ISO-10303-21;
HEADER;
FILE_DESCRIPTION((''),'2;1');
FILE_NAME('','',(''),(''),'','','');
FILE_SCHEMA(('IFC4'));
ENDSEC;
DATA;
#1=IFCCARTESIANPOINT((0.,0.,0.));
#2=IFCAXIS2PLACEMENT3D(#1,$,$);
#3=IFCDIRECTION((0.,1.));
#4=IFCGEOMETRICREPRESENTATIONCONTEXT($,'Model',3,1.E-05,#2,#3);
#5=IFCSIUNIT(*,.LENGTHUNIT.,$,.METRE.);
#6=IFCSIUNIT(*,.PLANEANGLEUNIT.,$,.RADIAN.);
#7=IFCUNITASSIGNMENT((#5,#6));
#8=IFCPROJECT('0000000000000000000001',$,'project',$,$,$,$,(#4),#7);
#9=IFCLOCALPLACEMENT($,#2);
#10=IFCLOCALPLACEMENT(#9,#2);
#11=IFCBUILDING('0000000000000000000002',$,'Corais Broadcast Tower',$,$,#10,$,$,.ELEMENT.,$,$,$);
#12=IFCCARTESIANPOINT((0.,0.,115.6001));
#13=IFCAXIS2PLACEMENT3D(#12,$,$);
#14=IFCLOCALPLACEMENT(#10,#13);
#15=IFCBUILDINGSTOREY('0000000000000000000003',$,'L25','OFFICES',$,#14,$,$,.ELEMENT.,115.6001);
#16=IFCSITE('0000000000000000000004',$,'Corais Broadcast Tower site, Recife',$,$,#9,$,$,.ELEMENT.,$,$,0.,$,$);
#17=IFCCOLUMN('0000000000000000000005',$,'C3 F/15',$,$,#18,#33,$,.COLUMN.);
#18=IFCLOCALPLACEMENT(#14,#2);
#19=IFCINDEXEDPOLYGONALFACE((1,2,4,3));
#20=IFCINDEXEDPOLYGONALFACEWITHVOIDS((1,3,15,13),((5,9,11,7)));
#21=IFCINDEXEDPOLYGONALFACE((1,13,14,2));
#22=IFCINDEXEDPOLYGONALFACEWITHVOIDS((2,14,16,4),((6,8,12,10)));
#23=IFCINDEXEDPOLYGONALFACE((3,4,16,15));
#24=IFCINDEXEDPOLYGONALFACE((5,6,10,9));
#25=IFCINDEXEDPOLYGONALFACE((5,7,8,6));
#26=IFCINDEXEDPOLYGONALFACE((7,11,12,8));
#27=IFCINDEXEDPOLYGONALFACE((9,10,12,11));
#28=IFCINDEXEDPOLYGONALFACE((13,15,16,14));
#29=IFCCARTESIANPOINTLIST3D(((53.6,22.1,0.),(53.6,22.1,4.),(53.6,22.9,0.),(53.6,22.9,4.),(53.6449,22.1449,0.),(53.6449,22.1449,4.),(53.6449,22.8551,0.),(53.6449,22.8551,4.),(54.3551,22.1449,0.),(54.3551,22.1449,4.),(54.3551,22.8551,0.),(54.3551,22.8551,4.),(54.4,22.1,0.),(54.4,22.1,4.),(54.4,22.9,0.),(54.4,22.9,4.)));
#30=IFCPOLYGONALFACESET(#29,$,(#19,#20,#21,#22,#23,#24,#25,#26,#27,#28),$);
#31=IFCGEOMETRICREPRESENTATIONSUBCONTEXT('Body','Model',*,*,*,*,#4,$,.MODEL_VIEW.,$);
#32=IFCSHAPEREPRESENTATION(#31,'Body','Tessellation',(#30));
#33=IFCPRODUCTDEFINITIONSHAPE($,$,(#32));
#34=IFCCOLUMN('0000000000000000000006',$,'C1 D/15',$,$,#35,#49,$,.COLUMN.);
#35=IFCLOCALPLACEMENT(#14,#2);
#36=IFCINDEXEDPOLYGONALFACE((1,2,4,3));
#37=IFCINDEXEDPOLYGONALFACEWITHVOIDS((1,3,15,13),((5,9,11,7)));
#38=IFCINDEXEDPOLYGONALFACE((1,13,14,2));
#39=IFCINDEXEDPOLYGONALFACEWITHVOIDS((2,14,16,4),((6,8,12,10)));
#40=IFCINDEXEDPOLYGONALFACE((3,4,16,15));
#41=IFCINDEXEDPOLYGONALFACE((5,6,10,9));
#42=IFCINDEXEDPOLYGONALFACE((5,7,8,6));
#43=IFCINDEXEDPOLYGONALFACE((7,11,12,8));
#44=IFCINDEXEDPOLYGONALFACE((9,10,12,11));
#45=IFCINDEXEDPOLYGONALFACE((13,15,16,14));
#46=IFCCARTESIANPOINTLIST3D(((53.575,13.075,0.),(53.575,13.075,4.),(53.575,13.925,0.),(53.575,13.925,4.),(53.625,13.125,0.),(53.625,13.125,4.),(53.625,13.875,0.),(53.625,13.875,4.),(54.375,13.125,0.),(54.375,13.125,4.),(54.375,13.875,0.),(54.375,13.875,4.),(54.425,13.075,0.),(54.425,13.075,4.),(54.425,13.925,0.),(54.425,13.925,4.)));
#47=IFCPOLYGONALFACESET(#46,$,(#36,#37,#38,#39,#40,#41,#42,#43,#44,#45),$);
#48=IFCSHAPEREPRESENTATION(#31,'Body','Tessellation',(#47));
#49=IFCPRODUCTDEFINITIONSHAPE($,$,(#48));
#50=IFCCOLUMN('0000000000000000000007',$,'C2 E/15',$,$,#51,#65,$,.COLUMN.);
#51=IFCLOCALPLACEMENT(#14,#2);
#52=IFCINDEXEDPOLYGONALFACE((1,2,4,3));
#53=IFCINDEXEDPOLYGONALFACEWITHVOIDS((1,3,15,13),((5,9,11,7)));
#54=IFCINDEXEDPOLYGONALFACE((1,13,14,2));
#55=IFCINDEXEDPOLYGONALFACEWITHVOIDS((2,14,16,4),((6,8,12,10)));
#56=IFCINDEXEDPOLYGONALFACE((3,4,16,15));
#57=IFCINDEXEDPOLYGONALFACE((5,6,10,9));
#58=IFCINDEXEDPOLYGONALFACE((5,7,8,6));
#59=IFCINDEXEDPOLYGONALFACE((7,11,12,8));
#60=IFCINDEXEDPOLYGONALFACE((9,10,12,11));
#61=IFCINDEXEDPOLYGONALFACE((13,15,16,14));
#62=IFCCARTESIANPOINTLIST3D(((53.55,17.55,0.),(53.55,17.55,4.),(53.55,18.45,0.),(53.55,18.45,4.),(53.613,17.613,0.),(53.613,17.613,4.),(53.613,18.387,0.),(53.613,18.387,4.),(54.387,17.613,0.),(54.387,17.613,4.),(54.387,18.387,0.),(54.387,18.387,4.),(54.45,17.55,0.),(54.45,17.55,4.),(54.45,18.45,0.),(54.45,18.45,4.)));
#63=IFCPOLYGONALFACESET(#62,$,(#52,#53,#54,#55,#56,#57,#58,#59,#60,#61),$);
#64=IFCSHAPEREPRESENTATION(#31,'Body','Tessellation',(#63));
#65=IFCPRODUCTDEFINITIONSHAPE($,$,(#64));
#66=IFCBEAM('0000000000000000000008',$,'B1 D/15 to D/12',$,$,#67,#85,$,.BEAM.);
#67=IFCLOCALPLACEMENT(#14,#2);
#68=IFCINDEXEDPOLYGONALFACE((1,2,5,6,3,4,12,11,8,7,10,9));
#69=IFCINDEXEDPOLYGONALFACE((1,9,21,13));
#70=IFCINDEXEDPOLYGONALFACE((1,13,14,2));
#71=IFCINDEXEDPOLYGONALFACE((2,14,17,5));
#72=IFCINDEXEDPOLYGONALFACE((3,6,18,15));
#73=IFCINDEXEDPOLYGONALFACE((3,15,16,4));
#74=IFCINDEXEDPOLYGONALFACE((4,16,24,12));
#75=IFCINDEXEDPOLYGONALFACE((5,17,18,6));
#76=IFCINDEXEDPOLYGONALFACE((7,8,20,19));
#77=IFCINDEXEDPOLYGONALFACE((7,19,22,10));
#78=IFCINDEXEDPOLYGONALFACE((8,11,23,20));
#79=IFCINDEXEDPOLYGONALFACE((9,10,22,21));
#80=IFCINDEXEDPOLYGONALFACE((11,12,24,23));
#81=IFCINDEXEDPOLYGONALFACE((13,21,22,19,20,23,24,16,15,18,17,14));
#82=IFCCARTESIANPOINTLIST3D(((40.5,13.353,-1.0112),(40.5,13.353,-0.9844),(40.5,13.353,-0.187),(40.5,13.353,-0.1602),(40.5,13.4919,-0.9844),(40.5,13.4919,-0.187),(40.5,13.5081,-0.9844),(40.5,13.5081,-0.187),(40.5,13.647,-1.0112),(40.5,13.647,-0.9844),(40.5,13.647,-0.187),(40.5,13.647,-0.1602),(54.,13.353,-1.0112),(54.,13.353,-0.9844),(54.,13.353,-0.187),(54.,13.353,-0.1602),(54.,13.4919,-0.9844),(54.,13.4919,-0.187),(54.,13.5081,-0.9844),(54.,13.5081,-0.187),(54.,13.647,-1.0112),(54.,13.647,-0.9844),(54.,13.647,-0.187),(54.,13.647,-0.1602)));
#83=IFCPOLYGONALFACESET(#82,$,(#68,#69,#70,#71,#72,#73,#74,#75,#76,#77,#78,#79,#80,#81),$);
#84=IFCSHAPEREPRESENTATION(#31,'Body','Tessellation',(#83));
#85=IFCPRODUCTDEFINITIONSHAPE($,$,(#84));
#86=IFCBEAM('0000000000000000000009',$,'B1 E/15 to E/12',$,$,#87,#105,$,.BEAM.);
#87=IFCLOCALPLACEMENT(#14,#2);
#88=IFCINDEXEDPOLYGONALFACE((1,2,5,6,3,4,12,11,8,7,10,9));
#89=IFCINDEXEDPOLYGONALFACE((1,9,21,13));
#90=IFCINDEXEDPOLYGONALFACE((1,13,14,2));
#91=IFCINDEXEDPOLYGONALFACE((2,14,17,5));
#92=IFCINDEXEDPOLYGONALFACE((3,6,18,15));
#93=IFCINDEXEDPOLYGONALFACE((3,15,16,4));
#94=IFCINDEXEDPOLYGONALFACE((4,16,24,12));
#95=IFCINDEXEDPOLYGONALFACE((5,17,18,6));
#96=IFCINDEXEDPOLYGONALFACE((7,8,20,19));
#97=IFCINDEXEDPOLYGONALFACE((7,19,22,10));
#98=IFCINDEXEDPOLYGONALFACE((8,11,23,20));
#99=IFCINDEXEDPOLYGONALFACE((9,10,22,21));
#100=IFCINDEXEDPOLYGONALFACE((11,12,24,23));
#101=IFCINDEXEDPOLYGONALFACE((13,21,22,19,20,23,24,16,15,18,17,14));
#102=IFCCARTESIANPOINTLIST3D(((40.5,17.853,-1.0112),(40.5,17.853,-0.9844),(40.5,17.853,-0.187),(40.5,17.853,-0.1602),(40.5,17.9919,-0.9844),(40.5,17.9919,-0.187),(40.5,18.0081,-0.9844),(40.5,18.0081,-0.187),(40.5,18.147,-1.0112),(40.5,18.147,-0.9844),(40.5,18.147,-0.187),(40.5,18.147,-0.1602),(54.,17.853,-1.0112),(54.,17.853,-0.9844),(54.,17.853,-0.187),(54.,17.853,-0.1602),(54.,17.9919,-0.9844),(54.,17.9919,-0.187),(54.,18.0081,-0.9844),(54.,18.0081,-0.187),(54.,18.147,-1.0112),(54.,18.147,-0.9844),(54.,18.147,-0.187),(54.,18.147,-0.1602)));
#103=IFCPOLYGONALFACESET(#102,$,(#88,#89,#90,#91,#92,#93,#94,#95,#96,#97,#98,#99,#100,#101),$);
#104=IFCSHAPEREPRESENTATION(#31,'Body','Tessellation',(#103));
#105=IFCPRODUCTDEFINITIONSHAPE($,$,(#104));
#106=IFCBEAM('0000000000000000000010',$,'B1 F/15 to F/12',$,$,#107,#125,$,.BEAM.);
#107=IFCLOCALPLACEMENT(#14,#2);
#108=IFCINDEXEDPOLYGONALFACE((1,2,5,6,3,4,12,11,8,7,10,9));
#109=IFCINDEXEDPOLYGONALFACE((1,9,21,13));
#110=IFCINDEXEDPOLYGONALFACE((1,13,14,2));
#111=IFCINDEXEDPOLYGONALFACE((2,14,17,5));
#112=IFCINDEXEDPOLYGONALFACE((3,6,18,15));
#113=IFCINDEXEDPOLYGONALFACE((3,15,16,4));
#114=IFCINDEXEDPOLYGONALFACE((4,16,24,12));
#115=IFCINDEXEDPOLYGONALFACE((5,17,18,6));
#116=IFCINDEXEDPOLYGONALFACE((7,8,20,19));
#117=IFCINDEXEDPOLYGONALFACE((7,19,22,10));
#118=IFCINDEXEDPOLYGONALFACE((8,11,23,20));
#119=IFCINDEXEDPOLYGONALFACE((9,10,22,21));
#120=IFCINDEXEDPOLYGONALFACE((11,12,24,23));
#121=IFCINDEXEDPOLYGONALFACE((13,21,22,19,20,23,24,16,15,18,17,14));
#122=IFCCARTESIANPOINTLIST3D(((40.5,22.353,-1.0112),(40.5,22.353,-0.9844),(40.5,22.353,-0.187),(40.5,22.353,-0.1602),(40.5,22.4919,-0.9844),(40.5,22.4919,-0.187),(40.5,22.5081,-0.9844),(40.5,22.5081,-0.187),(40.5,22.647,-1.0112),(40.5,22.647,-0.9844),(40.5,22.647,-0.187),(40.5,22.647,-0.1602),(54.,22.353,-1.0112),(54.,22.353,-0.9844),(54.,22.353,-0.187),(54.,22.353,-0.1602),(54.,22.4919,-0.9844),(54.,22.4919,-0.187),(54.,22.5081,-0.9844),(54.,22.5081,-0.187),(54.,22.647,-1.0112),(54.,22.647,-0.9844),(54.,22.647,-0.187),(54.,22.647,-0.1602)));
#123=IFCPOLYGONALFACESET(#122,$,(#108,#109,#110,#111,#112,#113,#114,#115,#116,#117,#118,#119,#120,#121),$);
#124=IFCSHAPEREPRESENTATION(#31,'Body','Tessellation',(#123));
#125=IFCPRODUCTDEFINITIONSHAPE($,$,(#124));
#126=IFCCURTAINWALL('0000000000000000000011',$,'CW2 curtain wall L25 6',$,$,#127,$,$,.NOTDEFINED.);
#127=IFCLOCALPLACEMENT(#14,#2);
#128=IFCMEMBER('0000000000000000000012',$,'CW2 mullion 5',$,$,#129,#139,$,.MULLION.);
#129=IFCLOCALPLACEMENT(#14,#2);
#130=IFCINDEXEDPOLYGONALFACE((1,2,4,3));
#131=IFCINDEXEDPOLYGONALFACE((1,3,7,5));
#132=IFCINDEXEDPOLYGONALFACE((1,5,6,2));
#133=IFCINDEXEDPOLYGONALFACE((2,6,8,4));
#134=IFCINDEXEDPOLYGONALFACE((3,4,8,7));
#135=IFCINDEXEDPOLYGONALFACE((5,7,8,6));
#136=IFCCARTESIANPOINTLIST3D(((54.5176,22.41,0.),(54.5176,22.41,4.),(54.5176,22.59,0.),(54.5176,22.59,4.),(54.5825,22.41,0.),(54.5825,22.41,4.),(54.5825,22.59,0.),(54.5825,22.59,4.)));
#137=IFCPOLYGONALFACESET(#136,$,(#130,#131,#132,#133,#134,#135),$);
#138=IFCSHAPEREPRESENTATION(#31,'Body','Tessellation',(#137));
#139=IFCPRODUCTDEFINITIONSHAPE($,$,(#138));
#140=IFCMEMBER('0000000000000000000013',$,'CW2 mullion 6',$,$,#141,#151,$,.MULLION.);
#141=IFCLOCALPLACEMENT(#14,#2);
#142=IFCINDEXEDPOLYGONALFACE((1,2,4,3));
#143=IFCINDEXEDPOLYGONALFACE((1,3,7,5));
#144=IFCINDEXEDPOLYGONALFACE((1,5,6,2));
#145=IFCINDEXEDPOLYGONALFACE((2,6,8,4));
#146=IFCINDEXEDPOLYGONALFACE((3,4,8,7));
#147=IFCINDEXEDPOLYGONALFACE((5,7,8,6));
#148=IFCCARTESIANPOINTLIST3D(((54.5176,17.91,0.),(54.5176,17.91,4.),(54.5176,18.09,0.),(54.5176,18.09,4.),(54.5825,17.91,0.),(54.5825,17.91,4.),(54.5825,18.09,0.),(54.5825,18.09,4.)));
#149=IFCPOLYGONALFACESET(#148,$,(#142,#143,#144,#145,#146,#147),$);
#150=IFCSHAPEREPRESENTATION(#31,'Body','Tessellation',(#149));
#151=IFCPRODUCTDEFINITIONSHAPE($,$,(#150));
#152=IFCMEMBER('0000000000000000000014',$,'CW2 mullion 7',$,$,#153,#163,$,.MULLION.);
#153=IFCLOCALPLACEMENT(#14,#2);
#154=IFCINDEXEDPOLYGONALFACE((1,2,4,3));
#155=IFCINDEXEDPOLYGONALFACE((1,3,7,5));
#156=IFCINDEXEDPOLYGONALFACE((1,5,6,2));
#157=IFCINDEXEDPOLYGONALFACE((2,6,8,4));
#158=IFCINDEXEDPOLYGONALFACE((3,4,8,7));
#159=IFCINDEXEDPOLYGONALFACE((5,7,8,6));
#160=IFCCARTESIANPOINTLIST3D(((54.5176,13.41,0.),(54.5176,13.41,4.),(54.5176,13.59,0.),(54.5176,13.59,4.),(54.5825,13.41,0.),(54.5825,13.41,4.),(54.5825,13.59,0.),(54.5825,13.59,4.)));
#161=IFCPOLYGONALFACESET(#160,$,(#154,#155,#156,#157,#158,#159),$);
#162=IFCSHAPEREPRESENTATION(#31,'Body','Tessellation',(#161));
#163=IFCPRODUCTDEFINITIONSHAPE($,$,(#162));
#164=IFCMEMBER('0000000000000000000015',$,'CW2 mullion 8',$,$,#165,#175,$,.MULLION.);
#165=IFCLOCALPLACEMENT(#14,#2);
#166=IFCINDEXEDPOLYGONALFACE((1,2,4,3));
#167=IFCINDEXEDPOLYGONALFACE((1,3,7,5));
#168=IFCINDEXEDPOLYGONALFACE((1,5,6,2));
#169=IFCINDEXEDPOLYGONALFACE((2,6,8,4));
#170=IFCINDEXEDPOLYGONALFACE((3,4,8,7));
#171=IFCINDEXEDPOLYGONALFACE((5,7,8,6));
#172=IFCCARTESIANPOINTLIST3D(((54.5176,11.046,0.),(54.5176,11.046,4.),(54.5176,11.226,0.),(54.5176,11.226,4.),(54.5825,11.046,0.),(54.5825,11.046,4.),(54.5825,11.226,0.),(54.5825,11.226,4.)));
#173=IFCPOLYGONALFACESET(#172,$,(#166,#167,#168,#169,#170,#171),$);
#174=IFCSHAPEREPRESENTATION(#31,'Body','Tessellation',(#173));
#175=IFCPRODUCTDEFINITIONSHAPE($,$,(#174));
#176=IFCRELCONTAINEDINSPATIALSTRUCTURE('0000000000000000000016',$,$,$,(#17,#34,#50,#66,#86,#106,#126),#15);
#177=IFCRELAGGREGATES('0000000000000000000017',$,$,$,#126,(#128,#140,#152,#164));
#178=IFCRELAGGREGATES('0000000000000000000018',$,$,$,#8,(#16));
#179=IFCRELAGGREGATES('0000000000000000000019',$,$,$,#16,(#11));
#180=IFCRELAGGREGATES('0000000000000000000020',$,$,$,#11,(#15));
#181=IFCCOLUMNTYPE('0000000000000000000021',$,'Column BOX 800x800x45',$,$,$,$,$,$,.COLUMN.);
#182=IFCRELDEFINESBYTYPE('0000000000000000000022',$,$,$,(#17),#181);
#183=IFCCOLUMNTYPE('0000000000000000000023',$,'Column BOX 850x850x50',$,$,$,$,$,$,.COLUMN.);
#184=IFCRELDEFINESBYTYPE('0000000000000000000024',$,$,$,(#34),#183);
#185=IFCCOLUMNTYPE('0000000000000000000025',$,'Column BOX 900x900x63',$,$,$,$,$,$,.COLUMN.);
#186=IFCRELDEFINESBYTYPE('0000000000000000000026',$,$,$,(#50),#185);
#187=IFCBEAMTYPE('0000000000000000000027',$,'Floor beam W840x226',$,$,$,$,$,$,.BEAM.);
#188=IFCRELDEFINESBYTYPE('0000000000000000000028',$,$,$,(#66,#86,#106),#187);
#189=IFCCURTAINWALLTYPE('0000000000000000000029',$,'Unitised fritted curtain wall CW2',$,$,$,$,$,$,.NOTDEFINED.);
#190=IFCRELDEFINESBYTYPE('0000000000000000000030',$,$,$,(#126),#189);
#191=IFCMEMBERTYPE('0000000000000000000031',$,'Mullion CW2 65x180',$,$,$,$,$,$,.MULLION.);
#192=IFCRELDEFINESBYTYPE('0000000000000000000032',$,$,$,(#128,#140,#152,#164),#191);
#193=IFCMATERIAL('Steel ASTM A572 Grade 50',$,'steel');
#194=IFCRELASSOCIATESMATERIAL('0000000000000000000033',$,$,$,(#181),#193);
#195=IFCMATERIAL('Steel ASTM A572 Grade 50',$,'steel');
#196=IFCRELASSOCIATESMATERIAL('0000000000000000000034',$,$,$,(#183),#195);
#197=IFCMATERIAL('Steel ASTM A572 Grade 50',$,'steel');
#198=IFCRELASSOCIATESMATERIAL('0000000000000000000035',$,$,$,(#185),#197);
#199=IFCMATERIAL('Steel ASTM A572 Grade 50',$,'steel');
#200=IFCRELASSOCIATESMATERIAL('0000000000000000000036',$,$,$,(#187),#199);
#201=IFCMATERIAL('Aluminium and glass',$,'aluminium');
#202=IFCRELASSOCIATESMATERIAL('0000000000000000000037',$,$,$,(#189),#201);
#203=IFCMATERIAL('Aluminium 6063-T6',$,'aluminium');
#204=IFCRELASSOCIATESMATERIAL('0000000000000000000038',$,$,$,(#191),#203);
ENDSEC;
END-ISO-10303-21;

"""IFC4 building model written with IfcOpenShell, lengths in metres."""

from ifc_helpers import new_model, si_unit, direction, frame, origin, origin_2d, place, context, subcontext, project, spatial, rectangle, hollow_rectangle, i_section, extrude, material, material_profile, profile_set, type_object, element, aggregate, save


model = new_model("IFC4")

# Units and contexts
model_context = context("Model", 3, precision=1e-05, world=origin(), true_north=direction((0.0, 1.0)))
body_context = subcontext(model_context, "Body", "Model", "MODEL_VIEW")
ifc_project = project(units=[si_unit("LENGTHUNIT", "METRE"), si_unit("PLANEANGLEUNIT", "RADIAN")], contexts=[model_context])

# Site, building, storey
site_placement = place(None, origin())
site = spatial("IfcSite", under=ifc_project, at=site_placement, Name="Corais Broadcast Tower site, Recife", CompositionType="ELEMENT", RefElevation=0.0)
building_placement = place(site_placement, origin())
building = spatial("IfcBuilding", under=site, at=building_placement, Name="Corais Broadcast Tower", CompositionType="ELEMENT")
storey_placement = place(building_placement, frame((0.0, 0.0, 115.6001)))
storey = spatial("IfcBuildingStorey", under=building, at=storey_placement, Name="L25", Description="OFFICES", CompositionType="ELEMENT", Elevation=115.6001)

# Columns
ifc_material_1 = material(Name="Steel ASTM A572 Grade 50", Category="steel")
ifc_material_profile_1 = material_profile(ifc_material_1, hollow_rectangle(XDim=0.8, YDim=0.8, WallThickness=0.0449, at=origin_2d()), Name="BOX 800x800x45")
ifc_profile_set_1 = profile_set([ifc_material_profile_1], Name="Steel ASTM A572 Grade 50")
column_type_1 = type_object("IfcColumnType", Name="Column BOX 800x800x45", PredefinedType="COLUMN", material=ifc_profile_set_1)
column_1_placement = place(storey_placement, frame((54.0, 22.5, 0.0), z_axis=(0.0, 0.0, 1.0), x_axis=(1.0, 0.0, 0.0)))
element("IfcColumn", 1, at=column_1_placement, inside=storey, type_object=column_type_1, Name="C3 F/15", PredefinedType="COLUMN", context=body_context, shape_type="SweptSolid", body=[
    extrude(hollow_rectangle(XDim=0.8, YDim=0.8, WallThickness=0.0449, at=origin_2d()), origin(), (0.0, 0.0, 1.0), 4.0),
])
ifc_material_2 = material(Name="Steel ASTM A572 Grade 50", Category="steel")
ifc_material_profile_2 = material_profile(ifc_material_2, hollow_rectangle(XDim=0.8501, YDim=0.8501, WallThickness=0.05, at=origin_2d()), Name="BOX 850x850x50")
ifc_profile_set_2 = profile_set([ifc_material_profile_2], Name="Steel ASTM A572 Grade 50")
column_type_2 = type_object("IfcColumnType", Name="Column BOX 850x850x50", PredefinedType="COLUMN", material=ifc_profile_set_2)
column_2_placement = place(storey_placement, frame((54.0, 13.5, 0.0), z_axis=(0.0, 0.0, 1.0), x_axis=(1.0, 0.0, 0.0)))
element("IfcColumn", 2, at=column_2_placement, inside=storey, type_object=column_type_2, Name="C1 D/15", PredefinedType="COLUMN", context=body_context, shape_type="SweptSolid", body=[
    extrude(hollow_rectangle(XDim=0.8501, YDim=0.8501, WallThickness=0.05, at=origin_2d()), origin(), (0.0, 0.0, 1.0), 4.0),
])
ifc_material_3 = material(Name="Steel ASTM A572 Grade 50", Category="steel")
ifc_material_profile_3 = material_profile(ifc_material_3, hollow_rectangle(XDim=0.8999, YDim=0.8999, WallThickness=0.063, at=origin_2d()), Name="BOX 900x900x63")
ifc_profile_set_3 = profile_set([ifc_material_profile_3], Name="Steel ASTM A572 Grade 50")
column_type_3 = type_object("IfcColumnType", Name="Column BOX 900x900x63", PredefinedType="COLUMN", material=ifc_profile_set_3)
column_3_placement = place(storey_placement, frame((54.0, 18.0, 0.0), z_axis=(0.0, 0.0, 1.0), x_axis=(1.0, 0.0, 0.0)))
element("IfcColumn", 3, at=column_3_placement, inside=storey, type_object=column_type_3, Name="C2 E/15", PredefinedType="COLUMN", context=body_context, shape_type="SweptSolid", body=[
    extrude(hollow_rectangle(XDim=0.8999, YDim=0.8999, WallThickness=0.063, at=origin_2d()), origin(), (0.0, 0.0, 1.0), 4.0),
])

# Beams
ifc_material_4 = material(Name="Steel ASTM A572 Grade 50", Category="steel")
ifc_material_profile_4 = material_profile(ifc_material_4, i_section(OverallWidth=0.2939, OverallDepth=0.8511, WebThickness=0.0161, FlangeThickness=0.0269, at=origin_2d()), Name="W840x226")
ifc_profile_set_4 = profile_set([ifc_material_profile_4], Name="Steel ASTM A572 Grade 50")
beam_type_1 = type_object("IfcBeamType", Name="Floor beam W840x226", PredefinedType="BEAM", material=ifc_profile_set_4)
for number, where, z_axis, x_axis, name in (
    (4, (54.0, 13.5, -0.5857), (-1.0, 0.0, 0.0), (0.0, -1.0, 0.0), "B1 D/15 to D/12"),
    (5, (54.0, 18.0, -0.5857), (-1.0, 0.0, 0.0), (0.0, -1.0, 0.0), "B1 E/15 to E/12"),
    (6, (54.0, 22.5, -0.5857), (-1.0, 0.0, 0.0), (0.0, -1.0, 0.0), "B1 F/15 to F/12"),
):
    element("IfcBeam", number, at=place(storey_placement, frame(where, z_axis=z_axis, x_axis=x_axis)), inside=storey, type_object=beam_type_1, Name=name, PredefinedType="BEAM", context=body_context, shape_type="SweptSolid", body=[
        extrude(i_section(OverallWidth=0.2939, OverallDepth=0.8511, WebThickness=0.0161, FlangeThickness=0.0269, at=origin_2d()), origin(), (0.0, 0.0, 1.0), 13.5),
    ])

# Curtain wall, members
ifc_material_5 = material(Name="Aluminium and glass", Category="aluminium")
curtain_wall_type = type_object("IfcCurtainWallType", Name="Unitised fritted curtain wall CW2", PredefinedType="NOTDEFINED", material=ifc_material_5)
curtain_wall_placement = place(storey_placement, origin())
curtain_wall = element("IfcCurtainWall", 7, at=curtain_wall_placement, inside=storey, type_object=curtain_wall_type, Name="CW2 curtain wall L25 6", PredefinedType="NOTDEFINED")
ifc_material_6 = material(Name="Aluminium 6063-T6", Category="aluminium")
ifc_material_profile_5 = material_profile(ifc_material_6, rectangle(XDim=0.0649, YDim=0.1799, at=origin_2d()), Name="Mullion CW2 65x180")
ifc_profile_set_5 = profile_set([ifc_material_profile_5], Name="Aluminium 6063-T6")
member_type_1 = type_object("IfcMemberType", Name="Mullion CW2 65x180", PredefinedType="MULLION", material=ifc_profile_set_5)
member_1_placement = place(storey_placement, frame((54.55, 22.5, 0.0), z_axis=(0.0, 0.0, 1.0), x_axis=(1.0, 0.0, 0.0)))
member_1 = element("IfcMember", 8, at=member_1_placement, type_object=member_type_1, Name="CW2 mullion 5", PredefinedType="MULLION", context=body_context, shape_type="SweptSolid", body=[
    extrude(rectangle(XDim=0.0649, YDim=0.1799, at=origin_2d()), origin(), (0.0, 0.0, 1.0), 4.0),
])
member_2_placement = place(storey_placement, frame((54.55, 18.0, 0.0), z_axis=(0.0, 0.0, 1.0), x_axis=(1.0, 0.0, 0.0)))
member_2 = element("IfcMember", 9, at=member_2_placement, type_object=member_type_1, Name="CW2 mullion 6", PredefinedType="MULLION", context=body_context, shape_type="SweptSolid", body=[
    extrude(rectangle(XDim=0.0649, YDim=0.1799, at=origin_2d()), origin(), (0.0, 0.0, 1.0), 4.0),
])
member_3_placement = place(storey_placement, frame((54.55, 13.5, 0.0), z_axis=(0.0, 0.0, 1.0), x_axis=(1.0, 0.0, 0.0)))
member_3 = element("IfcMember", 10, at=member_3_placement, type_object=member_type_1, Name="CW2 mullion 7", PredefinedType="MULLION", context=body_context, shape_type="SweptSolid", body=[
    extrude(rectangle(XDim=0.0649, YDim=0.1799, at=origin_2d()), origin(), (0.0, 0.0, 1.0), 4.0),
])
member_4_placement = place(storey_placement, frame((54.55, 11.136, 0.0), z_axis=(0.0, 0.0, 1.0), x_axis=(1.0, 0.0, 0.0)))
member_4 = element("IfcMember", 11, at=member_4_placement, type_object=member_type_1, Name="CW2 mullion 8", PredefinedType="MULLION", context=body_context, shape_type="SweptSolid", body=[
    extrude(rectangle(XDim=0.0649, YDim=0.1799, at=origin_2d()), origin(), (0.0, 0.0, 1.0), 4.0),
])

aggregate(curtain_wall, [member_1, member_2, member_3, member_4])

save(model, "model.ifc")
